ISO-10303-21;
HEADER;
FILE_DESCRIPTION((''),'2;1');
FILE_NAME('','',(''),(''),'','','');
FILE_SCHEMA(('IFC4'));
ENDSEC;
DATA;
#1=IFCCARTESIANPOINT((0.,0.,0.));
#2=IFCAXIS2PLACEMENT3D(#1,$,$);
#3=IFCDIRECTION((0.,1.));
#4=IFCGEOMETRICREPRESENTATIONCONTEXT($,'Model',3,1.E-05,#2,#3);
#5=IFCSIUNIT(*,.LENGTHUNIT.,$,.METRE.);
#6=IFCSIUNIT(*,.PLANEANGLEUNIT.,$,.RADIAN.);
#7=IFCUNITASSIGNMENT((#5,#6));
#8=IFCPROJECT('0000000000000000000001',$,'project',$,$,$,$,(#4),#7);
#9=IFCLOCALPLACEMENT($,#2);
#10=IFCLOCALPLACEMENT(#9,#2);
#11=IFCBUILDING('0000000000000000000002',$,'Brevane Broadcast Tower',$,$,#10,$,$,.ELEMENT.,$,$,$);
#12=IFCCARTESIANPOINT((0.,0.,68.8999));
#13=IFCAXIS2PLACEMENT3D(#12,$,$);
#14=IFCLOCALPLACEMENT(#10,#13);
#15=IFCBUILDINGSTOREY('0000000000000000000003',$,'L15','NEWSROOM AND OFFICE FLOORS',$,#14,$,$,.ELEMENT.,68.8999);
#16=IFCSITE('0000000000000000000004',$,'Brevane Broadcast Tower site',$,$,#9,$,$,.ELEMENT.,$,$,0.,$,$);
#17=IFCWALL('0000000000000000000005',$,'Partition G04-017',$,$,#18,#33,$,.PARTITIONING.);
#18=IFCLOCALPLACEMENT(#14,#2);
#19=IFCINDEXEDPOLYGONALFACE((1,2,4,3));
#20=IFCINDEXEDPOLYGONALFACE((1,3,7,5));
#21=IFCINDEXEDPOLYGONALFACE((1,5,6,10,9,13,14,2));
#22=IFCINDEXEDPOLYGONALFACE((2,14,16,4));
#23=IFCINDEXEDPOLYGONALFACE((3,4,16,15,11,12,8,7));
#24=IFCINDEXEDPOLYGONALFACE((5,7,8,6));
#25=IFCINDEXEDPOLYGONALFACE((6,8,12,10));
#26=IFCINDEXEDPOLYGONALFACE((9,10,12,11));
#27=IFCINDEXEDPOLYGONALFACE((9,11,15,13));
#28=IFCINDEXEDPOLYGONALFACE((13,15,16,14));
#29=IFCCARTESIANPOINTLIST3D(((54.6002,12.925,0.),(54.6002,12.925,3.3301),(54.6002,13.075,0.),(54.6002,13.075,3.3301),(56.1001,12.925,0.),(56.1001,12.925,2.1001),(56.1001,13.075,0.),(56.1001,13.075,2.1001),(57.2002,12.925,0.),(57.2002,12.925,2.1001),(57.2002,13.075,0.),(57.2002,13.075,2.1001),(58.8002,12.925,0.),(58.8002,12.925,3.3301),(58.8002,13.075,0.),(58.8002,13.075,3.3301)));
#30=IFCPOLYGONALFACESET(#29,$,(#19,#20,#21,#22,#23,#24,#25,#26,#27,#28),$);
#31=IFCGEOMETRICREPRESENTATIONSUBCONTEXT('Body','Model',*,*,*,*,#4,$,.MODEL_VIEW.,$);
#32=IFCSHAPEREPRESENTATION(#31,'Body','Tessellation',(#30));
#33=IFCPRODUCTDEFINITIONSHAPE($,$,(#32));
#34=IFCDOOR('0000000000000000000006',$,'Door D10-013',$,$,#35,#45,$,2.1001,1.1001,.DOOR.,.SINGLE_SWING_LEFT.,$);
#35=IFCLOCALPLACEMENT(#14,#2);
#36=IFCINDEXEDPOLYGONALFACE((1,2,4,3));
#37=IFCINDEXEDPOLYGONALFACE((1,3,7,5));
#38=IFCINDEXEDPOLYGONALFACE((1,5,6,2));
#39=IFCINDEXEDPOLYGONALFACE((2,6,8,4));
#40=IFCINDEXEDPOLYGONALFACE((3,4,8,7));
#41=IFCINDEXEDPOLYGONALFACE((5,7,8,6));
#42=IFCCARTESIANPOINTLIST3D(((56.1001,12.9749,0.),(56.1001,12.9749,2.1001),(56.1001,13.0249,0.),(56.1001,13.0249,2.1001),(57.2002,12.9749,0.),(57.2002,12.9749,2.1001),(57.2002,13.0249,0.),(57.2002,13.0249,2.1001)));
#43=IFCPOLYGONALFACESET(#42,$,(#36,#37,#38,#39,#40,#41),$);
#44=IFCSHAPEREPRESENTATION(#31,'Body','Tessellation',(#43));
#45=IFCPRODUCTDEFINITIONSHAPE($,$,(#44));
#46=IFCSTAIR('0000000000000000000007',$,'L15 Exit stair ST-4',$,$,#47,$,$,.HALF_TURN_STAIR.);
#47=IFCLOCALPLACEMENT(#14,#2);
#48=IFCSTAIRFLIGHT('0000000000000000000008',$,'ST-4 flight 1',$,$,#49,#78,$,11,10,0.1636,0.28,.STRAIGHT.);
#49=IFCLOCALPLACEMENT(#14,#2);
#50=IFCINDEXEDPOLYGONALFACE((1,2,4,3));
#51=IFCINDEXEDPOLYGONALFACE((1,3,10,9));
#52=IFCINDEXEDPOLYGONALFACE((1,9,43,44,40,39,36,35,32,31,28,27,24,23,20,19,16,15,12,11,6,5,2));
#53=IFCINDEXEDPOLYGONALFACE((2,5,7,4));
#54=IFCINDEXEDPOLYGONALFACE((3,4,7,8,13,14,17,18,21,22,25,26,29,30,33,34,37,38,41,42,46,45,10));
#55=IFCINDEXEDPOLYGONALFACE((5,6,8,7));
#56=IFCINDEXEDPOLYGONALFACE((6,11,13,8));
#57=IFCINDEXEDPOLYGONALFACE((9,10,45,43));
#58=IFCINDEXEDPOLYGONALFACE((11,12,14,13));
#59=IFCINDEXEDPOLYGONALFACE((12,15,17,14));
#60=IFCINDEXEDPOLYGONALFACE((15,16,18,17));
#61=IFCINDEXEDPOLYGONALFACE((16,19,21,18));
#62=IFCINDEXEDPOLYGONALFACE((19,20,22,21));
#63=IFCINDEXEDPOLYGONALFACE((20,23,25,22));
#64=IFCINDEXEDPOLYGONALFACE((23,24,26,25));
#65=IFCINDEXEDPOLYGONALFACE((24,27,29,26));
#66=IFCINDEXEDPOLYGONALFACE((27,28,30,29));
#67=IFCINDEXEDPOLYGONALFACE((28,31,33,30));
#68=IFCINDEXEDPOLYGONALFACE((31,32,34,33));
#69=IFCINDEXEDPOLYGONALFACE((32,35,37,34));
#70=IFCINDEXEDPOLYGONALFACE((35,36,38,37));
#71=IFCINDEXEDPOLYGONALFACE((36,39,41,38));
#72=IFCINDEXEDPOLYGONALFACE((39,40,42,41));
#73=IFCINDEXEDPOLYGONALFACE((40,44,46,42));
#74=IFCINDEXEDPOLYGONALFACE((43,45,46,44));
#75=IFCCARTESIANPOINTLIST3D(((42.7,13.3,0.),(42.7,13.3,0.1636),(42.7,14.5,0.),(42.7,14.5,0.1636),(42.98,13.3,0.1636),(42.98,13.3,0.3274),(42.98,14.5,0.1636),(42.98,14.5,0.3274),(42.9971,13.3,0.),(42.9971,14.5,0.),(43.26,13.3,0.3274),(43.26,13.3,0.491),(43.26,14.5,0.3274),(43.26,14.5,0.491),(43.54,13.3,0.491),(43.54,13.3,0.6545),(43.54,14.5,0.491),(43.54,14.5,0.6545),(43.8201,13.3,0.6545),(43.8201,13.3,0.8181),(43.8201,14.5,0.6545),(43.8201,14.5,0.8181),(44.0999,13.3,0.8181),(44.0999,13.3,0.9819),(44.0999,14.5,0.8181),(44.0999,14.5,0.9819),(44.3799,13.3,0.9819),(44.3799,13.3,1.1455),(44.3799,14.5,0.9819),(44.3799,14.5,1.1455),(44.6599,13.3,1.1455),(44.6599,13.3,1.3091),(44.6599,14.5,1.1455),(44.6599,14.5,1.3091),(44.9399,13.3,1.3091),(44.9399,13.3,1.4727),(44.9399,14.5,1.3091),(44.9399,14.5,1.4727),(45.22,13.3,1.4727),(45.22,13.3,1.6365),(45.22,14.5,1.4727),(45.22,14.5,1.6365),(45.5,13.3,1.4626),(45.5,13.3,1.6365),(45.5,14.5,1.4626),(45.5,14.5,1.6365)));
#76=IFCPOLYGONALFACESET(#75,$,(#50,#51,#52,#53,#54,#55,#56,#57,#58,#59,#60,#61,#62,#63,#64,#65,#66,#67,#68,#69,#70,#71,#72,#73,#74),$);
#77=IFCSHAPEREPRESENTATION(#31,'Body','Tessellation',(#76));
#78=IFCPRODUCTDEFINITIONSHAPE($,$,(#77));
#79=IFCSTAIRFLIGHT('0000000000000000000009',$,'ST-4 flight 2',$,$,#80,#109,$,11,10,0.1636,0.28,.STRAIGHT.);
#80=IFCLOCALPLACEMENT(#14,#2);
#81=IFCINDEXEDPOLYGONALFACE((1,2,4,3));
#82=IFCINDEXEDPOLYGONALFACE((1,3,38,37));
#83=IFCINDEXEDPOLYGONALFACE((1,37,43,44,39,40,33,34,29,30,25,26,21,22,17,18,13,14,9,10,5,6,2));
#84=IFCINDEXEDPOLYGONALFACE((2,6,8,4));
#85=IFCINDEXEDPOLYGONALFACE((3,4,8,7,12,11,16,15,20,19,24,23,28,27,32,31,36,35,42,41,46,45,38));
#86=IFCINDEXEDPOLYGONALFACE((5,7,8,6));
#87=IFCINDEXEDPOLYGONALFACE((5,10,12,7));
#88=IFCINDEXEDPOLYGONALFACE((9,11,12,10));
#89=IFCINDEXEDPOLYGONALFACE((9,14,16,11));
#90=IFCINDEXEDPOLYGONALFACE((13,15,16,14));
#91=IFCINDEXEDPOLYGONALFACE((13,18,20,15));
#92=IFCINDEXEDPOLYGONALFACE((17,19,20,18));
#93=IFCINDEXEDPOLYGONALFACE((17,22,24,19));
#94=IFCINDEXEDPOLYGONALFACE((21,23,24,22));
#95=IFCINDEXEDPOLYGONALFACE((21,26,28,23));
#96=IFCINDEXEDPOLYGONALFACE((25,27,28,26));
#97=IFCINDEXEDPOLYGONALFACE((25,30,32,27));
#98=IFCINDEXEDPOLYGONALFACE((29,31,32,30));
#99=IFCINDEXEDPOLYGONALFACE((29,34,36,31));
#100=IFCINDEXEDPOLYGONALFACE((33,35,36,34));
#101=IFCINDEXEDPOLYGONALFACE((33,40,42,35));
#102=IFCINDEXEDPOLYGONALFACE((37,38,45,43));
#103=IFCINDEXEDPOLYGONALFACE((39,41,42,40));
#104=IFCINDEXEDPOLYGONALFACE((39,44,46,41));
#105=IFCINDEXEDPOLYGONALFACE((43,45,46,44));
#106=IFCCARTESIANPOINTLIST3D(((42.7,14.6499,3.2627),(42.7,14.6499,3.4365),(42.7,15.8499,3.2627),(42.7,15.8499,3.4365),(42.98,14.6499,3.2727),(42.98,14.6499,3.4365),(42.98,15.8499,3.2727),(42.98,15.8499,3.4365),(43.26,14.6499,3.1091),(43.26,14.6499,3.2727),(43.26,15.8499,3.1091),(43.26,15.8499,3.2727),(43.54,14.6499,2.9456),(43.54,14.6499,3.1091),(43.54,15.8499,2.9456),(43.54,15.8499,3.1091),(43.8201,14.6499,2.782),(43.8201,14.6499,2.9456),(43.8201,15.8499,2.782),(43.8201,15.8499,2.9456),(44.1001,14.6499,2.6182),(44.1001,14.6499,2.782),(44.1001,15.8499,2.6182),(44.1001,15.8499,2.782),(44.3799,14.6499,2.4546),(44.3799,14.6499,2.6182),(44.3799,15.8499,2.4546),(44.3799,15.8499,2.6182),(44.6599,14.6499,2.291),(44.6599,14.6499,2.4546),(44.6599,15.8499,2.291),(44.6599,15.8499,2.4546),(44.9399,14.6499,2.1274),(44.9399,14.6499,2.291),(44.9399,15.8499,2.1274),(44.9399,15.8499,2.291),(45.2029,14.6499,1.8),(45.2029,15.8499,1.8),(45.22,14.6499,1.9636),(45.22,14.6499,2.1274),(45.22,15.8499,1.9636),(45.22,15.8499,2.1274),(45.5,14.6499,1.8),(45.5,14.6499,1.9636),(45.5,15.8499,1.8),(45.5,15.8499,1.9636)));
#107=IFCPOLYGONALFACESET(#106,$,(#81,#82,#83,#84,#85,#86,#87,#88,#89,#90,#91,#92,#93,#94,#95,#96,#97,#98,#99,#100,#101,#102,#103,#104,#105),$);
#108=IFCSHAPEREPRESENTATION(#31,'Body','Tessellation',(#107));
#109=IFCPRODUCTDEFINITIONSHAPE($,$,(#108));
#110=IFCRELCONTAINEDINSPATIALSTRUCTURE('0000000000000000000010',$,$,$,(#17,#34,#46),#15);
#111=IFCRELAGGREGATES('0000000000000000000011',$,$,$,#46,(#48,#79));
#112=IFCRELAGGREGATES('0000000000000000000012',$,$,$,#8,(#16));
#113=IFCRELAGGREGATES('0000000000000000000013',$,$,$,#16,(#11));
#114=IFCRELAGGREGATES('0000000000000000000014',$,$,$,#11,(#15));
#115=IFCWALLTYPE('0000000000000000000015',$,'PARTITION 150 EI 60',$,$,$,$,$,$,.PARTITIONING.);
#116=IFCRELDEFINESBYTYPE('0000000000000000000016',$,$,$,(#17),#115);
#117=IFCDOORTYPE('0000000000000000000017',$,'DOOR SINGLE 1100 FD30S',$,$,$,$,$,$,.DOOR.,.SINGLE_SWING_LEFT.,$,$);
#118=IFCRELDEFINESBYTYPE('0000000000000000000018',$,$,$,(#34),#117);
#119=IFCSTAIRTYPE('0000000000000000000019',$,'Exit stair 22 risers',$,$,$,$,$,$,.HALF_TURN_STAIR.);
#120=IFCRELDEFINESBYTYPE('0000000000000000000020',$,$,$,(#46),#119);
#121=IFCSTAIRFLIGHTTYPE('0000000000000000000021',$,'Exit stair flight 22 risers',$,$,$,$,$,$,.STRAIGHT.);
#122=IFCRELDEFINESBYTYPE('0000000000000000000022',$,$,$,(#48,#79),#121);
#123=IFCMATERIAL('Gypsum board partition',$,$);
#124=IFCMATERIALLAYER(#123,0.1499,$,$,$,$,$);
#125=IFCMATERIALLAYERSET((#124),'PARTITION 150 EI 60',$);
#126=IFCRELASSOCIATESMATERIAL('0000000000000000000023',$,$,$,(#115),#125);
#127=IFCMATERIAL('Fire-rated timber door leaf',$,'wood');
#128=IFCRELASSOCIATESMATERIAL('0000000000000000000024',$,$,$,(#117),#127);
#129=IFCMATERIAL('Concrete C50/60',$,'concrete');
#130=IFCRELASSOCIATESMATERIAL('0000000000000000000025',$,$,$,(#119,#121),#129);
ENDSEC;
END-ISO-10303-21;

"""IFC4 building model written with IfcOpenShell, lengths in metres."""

from ifc_helpers import new_model, si_unit, direction, frame, frame_2d, origin, place, context, subcontext, project, spatial, polyline, rectangle, outline, extrude, material, layer, layer_set, type_object, element, fill, aggregate, save


model = new_model("IFC4")

# Units and contexts
model_context = context("Model", 3, precision=1e-05, world=origin(), true_north=direction((0.0, 1.0)))
body_context = subcontext(model_context, "Body", "Model", "MODEL_VIEW")
ifc_project = project(units=[si_unit("LENGTHUNIT", "METRE"), si_unit("PLANEANGLEUNIT", "RADIAN")], contexts=[model_context])

# Site, building, storey
site_placement = place(None, origin())
site = spatial("IfcSite", under=ifc_project, at=site_placement, Name="Brevane Broadcast Tower site", CompositionType="ELEMENT", RefElevation=0.0)
building_placement = place(site_placement, origin())
building = spatial("IfcBuilding", under=site, at=building_placement, Name="Brevane Broadcast Tower", CompositionType="ELEMENT")
storey_placement = place(building_placement, frame((0.0, 0.0, 68.8999)))
storey = spatial("IfcBuildingStorey", under=building, at=storey_placement, Name="L15", Description="NEWSROOM AND OFFICE FLOORS", CompositionType="ELEMENT", Elevation=68.8999)

# Shared definitions
ifc_material_1 = material(Name="Gypsum board partition")

# Shared definitions
ifc_layer_1 = layer(ifc_material_1, 0.1499)
ifc_layer_set_1 = layer_set([ifc_layer_1], Name="PARTITION 150 EI 60")
wall_type_1 = type_object("IfcWallType", Name="PARTITION 150 EI 60", PredefinedType="PARTITIONING", material=ifc_layer_set_1)
ifc_material_2 = material(Name="Fire-rated timber door leaf", Category="wood")

# Wall, opening, door
door_type_1 = type_object("IfcDoorType", Name="DOOR SINGLE 1100 FD30S", OperationType="SINGLE_SWING_LEFT", PredefinedType="DOOR", material=ifc_material_2)
wall_1_placement = place(storey_placement, frame((54.6001, 13.0, 0.0), z_axis=(0.0, 0.0, 1.0), x_axis=(1.0, 0.0, 0.0)))
wall_1 = element("IfcWall", 1, at=wall_1_placement, inside=storey, type_object=wall_type_1, Name="Partition G04-017", PredefinedType="PARTITIONING", context=body_context, shape_type="SweptSolid", body=[
    extrude(rectangle(XDim=4.2, YDim=0.1499, at=frame_2d((2.1001, 0.0))), origin(), (0.0, 0.0, 1.0), 3.3301),
])
opening_1_placement = place(wall_1_placement, frame((1.5, 0.0, 0.0)))
opening_1 = element("IfcOpeningElement", 2, at=opening_1_placement, cuts=wall_1, PredefinedType="OPENING", context=body_context, shape_type="SweptSolid", body=[
    extrude(rectangle(XDim=1.1001, YDim=2.1001, at=frame_2d((0.55, 1.05))), frame((0.0, 0.085, 0.0), z_axis=(0.0, -1.0, 0.0), x_axis=(1.0, 0.0, 0.0)), (0.0, 0.0, 1.0), 0.1699),
])
door_1_placement = place(opening_1_placement, origin())
door_1 = element("IfcDoor", 3, at=door_1_placement, inside=storey, type_object=door_type_1, Name="Door D10-013", OperationType="SINGLE_SWING_LEFT", OverallHeight=2.1001, OverallWidth=1.1001, PredefinedType="DOOR", context=body_context, shape_type="SweptSolid", body=[
    extrude(rectangle(XDim=1.1001, YDim=2.1001, at=frame_2d((0.55, 1.05))), frame((0.0, 0.0249, 0.0), z_axis=(0.0, -1.0, 0.0), x_axis=(1.0, 0.0, 0.0)), (0.0, 0.0, 1.0), 0.05),
])
fill(opening_1, door_1)

# Stair, stair flights
ifc_material_3 = material(Name="Concrete C50/60", Category="concrete")
stair_type = type_object("IfcStairType", Name="Exit stair 22 risers", PredefinedType="HALF_TURN_STAIR", material=ifc_material_3)
stair_placement = place(storey_placement, origin())
stair = element("IfcStair", 4, at=stair_placement, inside=storey, type_object=stair_type, Name="L15 Exit stair ST-4", PredefinedType="HALF_TURN_STAIR")
stair_flight_type = type_object("IfcStairFlightType", Name="Exit stair flight 22 risers", PredefinedType="STRAIGHT", material=ifc_material_3)
stair_flight_1_placement = place(storey_placement, frame((42.7, 13.8999, 0.0), z_axis=(0.0, 0.0, 1.0), x_axis=(1.0, 0.0, 0.0)))
stair_flight_1 = element("IfcStairFlight", 5, at=stair_flight_1_placement, type_object=stair_flight_type, Name="ST-4 flight 1", NumberOfRisers=11, NumberOfTreads=10, PredefinedType="STRAIGHT", RiserHeight=0.1636, TreadLength=0.28, context=body_context, shape_type="SweptSolid", body=[
    extrude(outline(polyline([(0.0, 0.0), (0.0, 0.1636), (0.28, 0.1636), (0.28, 0.3274), (0.5601, 0.3274), (0.5601, 0.491), (0.8401, 0.491), (0.8401, 0.6545), (1.1201, 0.6545), (1.1201, 0.8181), (1.3999, 0.8181), (1.3999, 0.9819), (1.6799, 0.9819), (1.6799, 1.1455), (1.96, 1.1455), (1.96, 1.3091), (2.24, 1.3091), (2.24, 1.4727), (2.52, 1.4727), (2.52, 1.6365), (2.8, 1.6365), (2.8, 1.8), (2.8, 1.4626), (0.2971, 0.0), (0.0, 0.0)])), frame((0.0, 0.6001, 0.0), z_axis=(0.0, -1.0, 0.0), x_axis=(1.0, 0.0, 0.0)), (0.0, 0.0, 1.0), 1.2),
])
stair_flight_2_placement = place(storey_placement, frame((45.5, 15.25, 1.8), z_axis=(0.0, 0.0, 1.0), x_axis=(-1.0, 0.0, 0.0)))
stair_flight_2 = element("IfcStairFlight", 6, at=stair_flight_2_placement, type_object=stair_flight_type, Name="ST-4 flight 2", NumberOfRisers=11, NumberOfTreads=10, PredefinedType="STRAIGHT", RiserHeight=0.1636, TreadLength=0.28, context=body_context, shape_type="SweptSolid", body=[
    extrude(outline(polyline([(0.0, 0.0), (0.0, 0.1636), (0.28, 0.1636), (0.28, 0.3274), (0.5601, 0.3274), (0.5601, 0.491), (0.8401, 0.491), (0.8401, 0.6545), (1.1201, 0.6545), (1.1201, 0.8181), (1.3999, 0.8181), (1.3999, 0.9819), (1.6799, 0.9819), (1.6799, 1.1455), (1.96, 1.1455), (1.96, 1.3091), (2.24, 1.3091), (2.24, 1.4727), (2.52, 1.4727), (2.52, 1.6365), (2.8, 1.6365), (2.8, 1.8), (2.8, 1.4626), (0.2971, 0.0), (0.0, 0.0)])), frame((0.0, 0.6001, 0.0), z_axis=(0.0, -1.0, 0.0), x_axis=(1.0, 0.0, 0.0)), (0.0, 0.0, 1.0), 1.2),
])
aggregate(stair, [stair_flight_1, stair_flight_2])

save(model, "model.ifc")
